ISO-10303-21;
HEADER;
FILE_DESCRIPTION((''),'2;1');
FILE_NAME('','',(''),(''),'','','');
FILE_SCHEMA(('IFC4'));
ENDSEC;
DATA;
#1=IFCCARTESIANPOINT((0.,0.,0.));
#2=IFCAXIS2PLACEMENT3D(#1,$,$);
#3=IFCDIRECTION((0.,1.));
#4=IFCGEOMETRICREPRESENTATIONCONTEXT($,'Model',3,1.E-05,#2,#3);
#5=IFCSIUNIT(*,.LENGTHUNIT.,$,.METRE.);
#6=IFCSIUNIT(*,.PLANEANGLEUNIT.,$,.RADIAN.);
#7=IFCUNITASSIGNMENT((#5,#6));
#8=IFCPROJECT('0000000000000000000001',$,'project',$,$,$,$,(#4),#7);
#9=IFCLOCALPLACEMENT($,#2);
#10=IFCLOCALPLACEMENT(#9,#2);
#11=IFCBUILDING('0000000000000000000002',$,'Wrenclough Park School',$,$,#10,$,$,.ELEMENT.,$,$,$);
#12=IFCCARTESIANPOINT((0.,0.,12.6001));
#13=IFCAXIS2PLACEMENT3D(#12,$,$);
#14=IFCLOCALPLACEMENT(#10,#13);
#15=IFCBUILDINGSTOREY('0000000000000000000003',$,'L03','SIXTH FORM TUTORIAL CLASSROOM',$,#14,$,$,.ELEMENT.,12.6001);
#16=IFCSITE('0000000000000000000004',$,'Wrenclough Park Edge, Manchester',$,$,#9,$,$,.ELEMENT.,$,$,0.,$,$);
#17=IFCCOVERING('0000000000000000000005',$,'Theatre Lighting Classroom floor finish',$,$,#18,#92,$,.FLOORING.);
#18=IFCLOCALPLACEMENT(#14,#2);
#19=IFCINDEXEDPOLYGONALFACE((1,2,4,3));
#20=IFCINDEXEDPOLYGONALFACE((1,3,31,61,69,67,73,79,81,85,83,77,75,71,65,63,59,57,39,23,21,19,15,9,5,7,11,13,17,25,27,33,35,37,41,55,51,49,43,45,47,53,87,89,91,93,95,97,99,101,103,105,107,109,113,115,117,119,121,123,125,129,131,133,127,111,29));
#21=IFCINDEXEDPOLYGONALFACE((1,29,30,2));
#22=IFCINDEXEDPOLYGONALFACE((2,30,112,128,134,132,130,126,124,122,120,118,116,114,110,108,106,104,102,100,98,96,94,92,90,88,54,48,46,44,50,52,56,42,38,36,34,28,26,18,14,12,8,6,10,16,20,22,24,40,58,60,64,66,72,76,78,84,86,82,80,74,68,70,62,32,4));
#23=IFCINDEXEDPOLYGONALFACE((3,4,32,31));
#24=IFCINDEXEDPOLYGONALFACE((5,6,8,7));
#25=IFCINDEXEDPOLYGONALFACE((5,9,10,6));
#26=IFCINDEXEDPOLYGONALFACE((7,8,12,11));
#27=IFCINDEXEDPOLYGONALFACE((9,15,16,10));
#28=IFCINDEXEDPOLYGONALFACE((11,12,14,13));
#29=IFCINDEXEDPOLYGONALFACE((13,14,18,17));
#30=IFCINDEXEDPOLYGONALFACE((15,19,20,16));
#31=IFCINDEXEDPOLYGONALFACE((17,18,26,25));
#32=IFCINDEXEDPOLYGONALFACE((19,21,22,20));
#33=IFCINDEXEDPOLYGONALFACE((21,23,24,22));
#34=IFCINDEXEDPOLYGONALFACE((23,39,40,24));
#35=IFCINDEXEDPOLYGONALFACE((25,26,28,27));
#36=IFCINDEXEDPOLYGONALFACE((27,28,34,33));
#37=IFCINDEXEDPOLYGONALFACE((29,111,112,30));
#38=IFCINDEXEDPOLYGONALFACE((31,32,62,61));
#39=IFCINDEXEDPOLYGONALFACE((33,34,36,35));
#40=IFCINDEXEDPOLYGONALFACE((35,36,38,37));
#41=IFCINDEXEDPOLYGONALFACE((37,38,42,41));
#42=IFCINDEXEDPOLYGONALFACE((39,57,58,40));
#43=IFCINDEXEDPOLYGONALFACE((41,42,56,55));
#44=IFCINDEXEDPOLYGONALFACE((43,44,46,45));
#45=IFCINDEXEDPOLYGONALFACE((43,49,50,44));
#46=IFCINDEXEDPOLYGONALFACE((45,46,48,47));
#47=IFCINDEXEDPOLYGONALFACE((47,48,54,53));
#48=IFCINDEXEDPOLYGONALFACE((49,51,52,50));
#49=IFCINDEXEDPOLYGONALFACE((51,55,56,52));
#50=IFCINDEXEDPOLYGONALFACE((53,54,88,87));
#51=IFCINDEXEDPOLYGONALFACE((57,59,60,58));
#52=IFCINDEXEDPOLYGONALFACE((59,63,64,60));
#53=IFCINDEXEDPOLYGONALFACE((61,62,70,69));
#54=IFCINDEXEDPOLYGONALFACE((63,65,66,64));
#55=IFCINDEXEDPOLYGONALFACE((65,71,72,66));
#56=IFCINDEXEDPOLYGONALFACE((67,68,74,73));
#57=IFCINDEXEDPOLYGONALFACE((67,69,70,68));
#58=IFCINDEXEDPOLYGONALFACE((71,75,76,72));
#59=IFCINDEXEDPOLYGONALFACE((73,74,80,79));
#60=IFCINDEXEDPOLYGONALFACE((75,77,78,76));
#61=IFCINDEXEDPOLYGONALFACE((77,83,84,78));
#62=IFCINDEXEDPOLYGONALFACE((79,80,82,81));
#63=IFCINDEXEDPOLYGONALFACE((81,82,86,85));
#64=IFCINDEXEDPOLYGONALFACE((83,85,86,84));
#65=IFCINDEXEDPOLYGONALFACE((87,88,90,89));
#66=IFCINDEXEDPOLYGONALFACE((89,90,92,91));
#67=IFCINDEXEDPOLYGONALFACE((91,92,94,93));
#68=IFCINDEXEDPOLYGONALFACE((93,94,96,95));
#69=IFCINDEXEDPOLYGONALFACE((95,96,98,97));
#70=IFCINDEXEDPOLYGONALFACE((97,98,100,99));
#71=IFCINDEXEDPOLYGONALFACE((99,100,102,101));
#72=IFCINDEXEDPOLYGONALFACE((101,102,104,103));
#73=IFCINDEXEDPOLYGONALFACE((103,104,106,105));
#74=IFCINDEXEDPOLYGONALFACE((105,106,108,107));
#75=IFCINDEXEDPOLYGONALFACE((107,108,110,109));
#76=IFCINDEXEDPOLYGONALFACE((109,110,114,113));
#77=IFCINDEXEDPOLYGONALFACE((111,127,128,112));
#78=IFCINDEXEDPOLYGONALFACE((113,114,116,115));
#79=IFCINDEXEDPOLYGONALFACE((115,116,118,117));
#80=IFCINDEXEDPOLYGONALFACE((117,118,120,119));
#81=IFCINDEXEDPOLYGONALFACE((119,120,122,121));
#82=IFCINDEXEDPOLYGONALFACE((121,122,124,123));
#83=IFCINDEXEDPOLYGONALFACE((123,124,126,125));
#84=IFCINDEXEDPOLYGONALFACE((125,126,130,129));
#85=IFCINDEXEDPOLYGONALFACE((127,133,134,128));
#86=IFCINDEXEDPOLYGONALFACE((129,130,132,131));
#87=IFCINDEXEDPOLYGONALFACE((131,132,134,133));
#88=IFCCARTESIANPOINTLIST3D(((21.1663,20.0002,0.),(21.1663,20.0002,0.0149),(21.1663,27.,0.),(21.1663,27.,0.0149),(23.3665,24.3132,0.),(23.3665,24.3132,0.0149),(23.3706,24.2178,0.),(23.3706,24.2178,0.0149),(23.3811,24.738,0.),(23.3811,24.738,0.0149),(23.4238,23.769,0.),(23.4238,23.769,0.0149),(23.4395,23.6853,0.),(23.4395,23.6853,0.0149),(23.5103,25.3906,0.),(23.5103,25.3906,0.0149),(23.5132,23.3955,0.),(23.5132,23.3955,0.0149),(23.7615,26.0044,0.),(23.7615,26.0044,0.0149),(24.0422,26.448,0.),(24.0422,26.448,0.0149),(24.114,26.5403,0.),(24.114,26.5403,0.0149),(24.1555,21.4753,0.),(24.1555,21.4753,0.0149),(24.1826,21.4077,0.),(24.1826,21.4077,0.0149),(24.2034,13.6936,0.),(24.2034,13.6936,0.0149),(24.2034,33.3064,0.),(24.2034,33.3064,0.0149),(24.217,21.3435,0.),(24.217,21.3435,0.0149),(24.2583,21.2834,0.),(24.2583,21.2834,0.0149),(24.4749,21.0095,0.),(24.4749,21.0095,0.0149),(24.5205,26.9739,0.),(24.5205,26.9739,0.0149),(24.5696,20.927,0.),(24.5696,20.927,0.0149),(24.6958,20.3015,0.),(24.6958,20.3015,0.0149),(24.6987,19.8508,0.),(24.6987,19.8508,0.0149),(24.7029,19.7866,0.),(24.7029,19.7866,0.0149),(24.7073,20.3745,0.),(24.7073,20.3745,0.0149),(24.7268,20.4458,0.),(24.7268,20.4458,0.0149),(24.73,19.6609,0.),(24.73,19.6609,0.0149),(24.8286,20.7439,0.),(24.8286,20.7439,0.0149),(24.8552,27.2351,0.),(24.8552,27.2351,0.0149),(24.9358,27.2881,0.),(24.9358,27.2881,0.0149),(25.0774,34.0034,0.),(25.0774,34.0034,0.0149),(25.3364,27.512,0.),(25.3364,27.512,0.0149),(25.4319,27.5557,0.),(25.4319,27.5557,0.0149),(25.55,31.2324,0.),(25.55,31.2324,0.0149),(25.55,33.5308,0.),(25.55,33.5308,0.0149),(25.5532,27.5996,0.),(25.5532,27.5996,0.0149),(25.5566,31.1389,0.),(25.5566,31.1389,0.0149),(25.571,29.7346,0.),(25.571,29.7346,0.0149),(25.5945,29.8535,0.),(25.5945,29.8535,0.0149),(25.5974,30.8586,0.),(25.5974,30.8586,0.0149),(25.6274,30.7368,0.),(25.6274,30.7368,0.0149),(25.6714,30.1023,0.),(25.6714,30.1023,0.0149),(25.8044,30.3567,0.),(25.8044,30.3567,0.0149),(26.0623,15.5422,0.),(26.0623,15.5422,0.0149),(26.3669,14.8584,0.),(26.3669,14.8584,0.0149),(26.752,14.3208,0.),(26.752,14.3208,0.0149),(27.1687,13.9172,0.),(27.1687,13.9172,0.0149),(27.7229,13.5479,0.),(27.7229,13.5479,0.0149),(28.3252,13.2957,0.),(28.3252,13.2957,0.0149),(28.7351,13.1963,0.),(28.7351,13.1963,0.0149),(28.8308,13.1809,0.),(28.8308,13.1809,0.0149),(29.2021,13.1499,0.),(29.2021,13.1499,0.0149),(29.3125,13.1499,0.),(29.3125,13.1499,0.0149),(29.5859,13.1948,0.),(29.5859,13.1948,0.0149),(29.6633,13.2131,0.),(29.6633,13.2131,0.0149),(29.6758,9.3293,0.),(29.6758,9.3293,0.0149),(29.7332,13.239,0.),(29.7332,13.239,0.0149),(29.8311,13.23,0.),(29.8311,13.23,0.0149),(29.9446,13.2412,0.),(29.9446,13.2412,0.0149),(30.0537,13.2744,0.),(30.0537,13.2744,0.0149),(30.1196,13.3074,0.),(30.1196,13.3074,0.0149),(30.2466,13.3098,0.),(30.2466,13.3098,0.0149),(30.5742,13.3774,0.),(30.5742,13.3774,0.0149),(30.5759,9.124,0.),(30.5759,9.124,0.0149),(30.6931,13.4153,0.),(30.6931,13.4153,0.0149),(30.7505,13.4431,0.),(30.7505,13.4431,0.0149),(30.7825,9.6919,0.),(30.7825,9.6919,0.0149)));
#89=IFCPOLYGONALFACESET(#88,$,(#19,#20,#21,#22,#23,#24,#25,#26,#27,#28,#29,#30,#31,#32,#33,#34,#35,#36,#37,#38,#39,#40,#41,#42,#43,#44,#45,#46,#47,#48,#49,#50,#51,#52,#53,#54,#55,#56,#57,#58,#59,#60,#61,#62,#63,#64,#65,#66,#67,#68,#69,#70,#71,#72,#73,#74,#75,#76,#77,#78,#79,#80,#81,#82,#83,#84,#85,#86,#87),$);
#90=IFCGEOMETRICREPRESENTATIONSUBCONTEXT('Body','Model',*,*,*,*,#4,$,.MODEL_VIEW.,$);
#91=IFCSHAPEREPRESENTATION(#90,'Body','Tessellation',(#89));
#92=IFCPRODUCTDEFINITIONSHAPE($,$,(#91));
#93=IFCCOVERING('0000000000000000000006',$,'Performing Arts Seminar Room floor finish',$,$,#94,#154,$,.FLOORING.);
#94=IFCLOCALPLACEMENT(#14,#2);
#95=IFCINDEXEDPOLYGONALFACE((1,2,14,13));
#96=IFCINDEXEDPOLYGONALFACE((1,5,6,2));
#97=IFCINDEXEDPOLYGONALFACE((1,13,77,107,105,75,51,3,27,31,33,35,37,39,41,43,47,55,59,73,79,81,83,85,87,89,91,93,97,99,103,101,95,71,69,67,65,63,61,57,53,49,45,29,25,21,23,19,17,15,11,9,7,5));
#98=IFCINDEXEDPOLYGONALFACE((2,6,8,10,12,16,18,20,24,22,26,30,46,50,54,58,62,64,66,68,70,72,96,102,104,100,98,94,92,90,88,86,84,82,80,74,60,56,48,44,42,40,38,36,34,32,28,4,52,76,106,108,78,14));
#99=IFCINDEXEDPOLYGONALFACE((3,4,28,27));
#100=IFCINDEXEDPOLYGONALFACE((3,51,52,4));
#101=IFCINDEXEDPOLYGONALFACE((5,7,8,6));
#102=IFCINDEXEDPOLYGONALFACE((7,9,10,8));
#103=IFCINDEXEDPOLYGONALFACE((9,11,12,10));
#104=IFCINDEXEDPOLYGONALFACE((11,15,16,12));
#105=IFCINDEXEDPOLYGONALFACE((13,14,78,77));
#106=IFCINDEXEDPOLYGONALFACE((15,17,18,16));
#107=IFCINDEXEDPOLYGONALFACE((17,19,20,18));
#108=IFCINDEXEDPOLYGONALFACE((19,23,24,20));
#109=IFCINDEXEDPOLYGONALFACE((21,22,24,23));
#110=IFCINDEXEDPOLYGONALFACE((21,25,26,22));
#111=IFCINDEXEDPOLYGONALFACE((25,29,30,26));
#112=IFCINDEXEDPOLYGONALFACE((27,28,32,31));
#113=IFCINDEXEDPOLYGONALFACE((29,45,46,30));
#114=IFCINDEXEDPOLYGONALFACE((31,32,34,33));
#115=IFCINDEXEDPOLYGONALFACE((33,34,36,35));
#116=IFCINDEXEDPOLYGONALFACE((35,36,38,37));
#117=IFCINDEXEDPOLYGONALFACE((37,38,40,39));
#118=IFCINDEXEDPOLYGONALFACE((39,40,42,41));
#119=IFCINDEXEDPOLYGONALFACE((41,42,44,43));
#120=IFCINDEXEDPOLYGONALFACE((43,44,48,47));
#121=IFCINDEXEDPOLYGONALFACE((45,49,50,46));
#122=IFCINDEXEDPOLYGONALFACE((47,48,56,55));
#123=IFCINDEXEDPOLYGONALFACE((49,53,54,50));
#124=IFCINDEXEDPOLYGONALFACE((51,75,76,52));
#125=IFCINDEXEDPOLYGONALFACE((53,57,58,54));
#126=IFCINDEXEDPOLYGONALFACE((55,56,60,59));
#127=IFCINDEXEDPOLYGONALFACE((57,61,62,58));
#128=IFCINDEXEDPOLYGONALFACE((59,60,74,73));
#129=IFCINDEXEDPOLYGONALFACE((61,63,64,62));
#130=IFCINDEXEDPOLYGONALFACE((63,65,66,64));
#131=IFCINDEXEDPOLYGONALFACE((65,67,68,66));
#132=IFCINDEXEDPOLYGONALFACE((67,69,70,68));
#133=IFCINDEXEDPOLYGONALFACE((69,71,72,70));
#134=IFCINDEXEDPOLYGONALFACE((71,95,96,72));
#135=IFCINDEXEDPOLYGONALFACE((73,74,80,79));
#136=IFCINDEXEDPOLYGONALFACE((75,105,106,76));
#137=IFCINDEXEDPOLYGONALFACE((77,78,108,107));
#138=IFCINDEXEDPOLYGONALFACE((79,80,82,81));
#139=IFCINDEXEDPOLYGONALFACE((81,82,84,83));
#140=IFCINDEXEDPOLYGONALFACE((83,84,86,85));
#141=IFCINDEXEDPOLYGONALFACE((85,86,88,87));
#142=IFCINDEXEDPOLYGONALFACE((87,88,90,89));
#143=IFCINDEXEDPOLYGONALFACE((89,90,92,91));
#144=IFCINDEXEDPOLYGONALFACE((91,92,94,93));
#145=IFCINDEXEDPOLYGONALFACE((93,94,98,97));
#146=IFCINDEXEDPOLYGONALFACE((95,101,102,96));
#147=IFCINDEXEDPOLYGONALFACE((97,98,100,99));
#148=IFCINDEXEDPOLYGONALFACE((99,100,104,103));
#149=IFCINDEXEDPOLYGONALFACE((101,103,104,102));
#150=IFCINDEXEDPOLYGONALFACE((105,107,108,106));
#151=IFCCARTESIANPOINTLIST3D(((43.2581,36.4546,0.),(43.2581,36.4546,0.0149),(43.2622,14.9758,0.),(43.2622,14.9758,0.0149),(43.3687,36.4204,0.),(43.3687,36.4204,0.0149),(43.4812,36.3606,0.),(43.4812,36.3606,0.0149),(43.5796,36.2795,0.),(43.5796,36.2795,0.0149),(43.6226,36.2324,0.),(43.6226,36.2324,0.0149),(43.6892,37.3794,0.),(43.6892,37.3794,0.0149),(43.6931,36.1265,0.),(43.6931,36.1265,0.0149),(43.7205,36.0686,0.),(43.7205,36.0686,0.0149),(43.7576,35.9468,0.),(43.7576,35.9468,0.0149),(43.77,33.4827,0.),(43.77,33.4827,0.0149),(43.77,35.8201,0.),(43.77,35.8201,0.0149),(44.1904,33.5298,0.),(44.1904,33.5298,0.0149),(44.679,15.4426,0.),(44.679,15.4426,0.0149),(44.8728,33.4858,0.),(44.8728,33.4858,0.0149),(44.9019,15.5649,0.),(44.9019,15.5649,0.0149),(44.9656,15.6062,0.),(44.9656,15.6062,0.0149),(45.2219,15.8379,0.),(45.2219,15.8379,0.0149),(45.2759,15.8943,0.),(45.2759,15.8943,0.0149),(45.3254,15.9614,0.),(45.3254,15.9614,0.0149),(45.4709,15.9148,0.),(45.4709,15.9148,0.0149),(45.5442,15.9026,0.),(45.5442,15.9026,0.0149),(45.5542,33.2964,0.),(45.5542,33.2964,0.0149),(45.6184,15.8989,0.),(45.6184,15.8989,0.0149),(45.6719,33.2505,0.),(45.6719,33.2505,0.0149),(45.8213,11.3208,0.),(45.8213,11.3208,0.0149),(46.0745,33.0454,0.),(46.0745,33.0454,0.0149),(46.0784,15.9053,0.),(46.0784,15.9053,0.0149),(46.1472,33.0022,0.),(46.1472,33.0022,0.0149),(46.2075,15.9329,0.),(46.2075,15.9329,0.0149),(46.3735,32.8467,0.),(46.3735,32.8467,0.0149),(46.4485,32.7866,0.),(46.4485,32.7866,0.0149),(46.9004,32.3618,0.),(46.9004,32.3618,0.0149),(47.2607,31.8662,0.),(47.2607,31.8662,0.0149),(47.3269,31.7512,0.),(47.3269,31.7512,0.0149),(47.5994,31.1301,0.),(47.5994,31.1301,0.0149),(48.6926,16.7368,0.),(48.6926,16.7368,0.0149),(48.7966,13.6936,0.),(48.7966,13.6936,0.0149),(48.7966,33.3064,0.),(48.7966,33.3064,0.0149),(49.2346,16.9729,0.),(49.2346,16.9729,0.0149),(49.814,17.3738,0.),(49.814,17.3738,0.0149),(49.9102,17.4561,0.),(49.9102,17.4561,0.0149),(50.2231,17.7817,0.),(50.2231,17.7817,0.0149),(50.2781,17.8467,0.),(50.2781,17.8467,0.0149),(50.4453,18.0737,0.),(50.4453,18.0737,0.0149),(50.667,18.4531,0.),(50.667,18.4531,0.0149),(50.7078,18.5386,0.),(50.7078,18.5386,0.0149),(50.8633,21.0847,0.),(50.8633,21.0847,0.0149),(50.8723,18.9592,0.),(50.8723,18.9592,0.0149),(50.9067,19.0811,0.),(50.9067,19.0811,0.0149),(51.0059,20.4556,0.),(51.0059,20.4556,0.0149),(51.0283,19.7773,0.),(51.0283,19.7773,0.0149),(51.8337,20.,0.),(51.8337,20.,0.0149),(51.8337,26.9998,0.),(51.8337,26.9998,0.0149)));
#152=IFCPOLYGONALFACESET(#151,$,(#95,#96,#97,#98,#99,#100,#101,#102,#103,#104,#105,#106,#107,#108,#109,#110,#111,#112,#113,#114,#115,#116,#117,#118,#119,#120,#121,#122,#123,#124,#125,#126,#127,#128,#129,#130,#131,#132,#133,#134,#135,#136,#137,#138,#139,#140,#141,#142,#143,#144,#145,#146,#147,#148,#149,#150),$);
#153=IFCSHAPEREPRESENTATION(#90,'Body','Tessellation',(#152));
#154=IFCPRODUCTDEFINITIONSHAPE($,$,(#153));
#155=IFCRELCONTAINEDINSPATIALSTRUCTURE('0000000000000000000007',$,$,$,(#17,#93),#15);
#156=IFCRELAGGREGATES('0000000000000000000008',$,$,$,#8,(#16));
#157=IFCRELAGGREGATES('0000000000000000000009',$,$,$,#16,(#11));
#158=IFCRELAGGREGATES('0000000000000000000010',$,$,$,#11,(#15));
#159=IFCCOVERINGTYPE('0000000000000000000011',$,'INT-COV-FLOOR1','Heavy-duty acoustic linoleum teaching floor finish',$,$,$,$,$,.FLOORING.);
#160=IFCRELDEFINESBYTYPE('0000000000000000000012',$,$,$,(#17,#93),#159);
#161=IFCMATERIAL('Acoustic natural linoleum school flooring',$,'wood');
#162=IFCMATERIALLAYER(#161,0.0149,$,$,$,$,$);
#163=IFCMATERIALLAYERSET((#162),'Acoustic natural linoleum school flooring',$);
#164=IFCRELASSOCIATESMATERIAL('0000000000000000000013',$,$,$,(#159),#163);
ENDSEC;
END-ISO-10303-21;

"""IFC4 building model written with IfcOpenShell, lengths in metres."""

from ifc_helpers import new_model, si_unit, direction, frame, origin, place, context, subcontext, project, spatial, polyline, outline, extrude, material, layer, layer_set, type_object, element, save


model = new_model("IFC4")

# Units and contexts
model_context = context("Model", 3, precision=1e-05, world=origin(), true_north=direction((0.0, 1.0)))
body_context = subcontext(model_context, "Body", "Model", "MODEL_VIEW")
ifc_project = project(units=[si_unit("LENGTHUNIT", "METRE"), si_unit("PLANEANGLEUNIT", "RADIAN")], contexts=[model_context])

# Site, building, storey
site_placement = place(None, origin())
site = spatial("IfcSite", under=ifc_project, at=site_placement, Name="Wrenclough Park Edge, Manchester", CompositionType="ELEMENT", RefElevation=0.0)
building_placement = place(site_placement, origin())
building = spatial("IfcBuilding", under=site, at=building_placement, Name="Wrenclough Park School", CompositionType="ELEMENT")
storey_placement = place(building_placement, frame((0.0, 0.0, 12.6001)))
storey = spatial("IfcBuildingStorey", under=building, at=storey_placement, Name="L03", Description="SIXTH FORM TUTORIAL CLASSROOM", CompositionType="ELEMENT", Elevation=12.6001)

# Coverings
ifc_material_1 = material(Name="Acoustic natural linoleum school flooring", Category="wood")
ifc_layer_1 = layer(ifc_material_1, 0.0149)
ifc_layer_set_1 = layer_set([ifc_layer_1], Name="Acoustic natural linoleum school flooring")
covering_type_1 = type_object("IfcCoveringType", Name="INT-COV-FLOOR1", Description="Heavy-duty acoustic linoleum teaching floor finish", PredefinedType="FLOORING", material=ifc_layer_set_1)
covering_1_placement = place(storey_placement, origin())
element("IfcCovering", 1, at=covering_1_placement, inside=storey, type_object=covering_type_1, Name="Theatre Lighting Classroom floor finish", PredefinedType="FLOORING", context=body_context, shape_type="SweptSolid", body=[
    extrude(outline(polyline([(24.8286, 20.7439), (24.5696, 20.927), (24.4749, 21.0095), (24.2583, 21.2834), (24.217, 21.3435), (24.1826, 21.4077), (24.1555, 21.4753), (23.5132, 23.3955), (23.4395, 23.6853), (23.4238, 23.769), (23.3706, 24.2178), (23.3665, 24.3132), (23.3811, 24.738), (23.5103, 25.3906), (23.7615, 26.0044), (24.0422, 26.448), (24.114, 26.5403), (24.5205, 26.9739), (24.8552, 27.2351), (24.9358, 27.2881), (25.3364, 27.512), (25.4319, 27.5557), (25.5532, 27.5996), (25.571, 29.7346), (25.5945, 29.8535), (25.6714, 30.1023), (25.8044, 30.3567), (25.6274, 30.7368), (25.5974, 30.8586), (25.5566, 31.1389), (25.55, 31.2324), (25.55, 33.5308), (25.0774, 34.0034), (24.2034, 33.3064), (21.1663, 27.0), (21.1663, 20.0002), (24.2034, 13.6936), (29.6758, 9.3293), (30.5759, 9.124), (30.7825, 9.6919), (30.7505, 13.4431), (30.6931, 13.4153), (30.5742, 13.3774), (30.2466, 13.3098), (30.1196, 13.3074), (30.0537, 13.2744), (29.9446, 13.2412), (29.8311, 13.23), (29.7332, 13.239), (29.6633, 13.2131), (29.5859, 13.1948), (29.3125, 13.1499), (29.2021, 13.1499), (28.8308, 13.1809), (28.7351, 13.1963), (28.3252, 13.2957), (27.7229, 13.5479), (27.1687, 13.9172), (26.752, 14.3208), (26.3669, 14.8584), (26.0623, 15.5422), (24.73, 19.6609), (24.7029, 19.7866), (24.6987, 19.8508), (24.6958, 20.3015), (24.7073, 20.3745), (24.7268, 20.4458), (24.8286, 20.7439)])), origin(), (0.0, 0.0, 1.0), 0.0149),
])
covering_2_placement = place(storey_placement, origin())
element("IfcCovering", 2, at=covering_2_placement, inside=storey, type_object=covering_type_1, Name="Performing Arts Seminar Room floor finish", PredefinedType="FLOORING", context=body_context, shape_type="SweptSolid", body=[
    extrude(outline(polyline([(43.77, 35.8201), (43.77, 33.4827), (44.1904, 33.5298), (44.8728, 33.4858), (45.5542, 33.2964), (45.6719, 33.2505), (46.0745, 33.0454), (46.1472, 33.0022), (46.3735, 32.8467), (46.4485, 32.7866), (46.9004, 32.3618), (47.2607, 31.8662), (47.3269, 31.7512), (47.5994, 31.1301), (50.8633, 21.0847), (51.0059, 20.4556), (51.0283, 19.7773), (50.9067, 19.0811), (50.8723, 18.9592), (50.7078, 18.5386), (50.667, 18.4531), (50.4453, 18.0737), (50.2781, 17.8467), (50.2231, 17.7817), (49.9102, 17.4561), (49.814, 17.3738), (49.2346, 16.9729), (48.6926, 16.7368), (46.2075, 15.9329), (46.0784, 15.9053), (45.6184, 15.8989), (45.5442, 15.9026), (45.4709, 15.9148), (45.3254, 15.9614), (45.2759, 15.8943), (45.2219, 15.8379), (44.9656, 15.6062), (44.9019, 15.5649), (44.679, 15.4426), (43.2622, 14.9758), (45.8213, 11.3208), (48.7966, 13.6936), (51.8337, 20.0), (51.8337, 26.9998), (48.7966, 33.3064), (43.6892, 37.3794), (43.2581, 36.4546), (43.3687, 36.4204), (43.4812, 36.3606), (43.5796, 36.2795), (43.6226, 36.2324), (43.6931, 36.1265), (43.7205, 36.0686), (43.7576, 35.9468), (43.77, 35.8201)])), origin(), (0.0, 0.0, 1.0), 0.0149),
])

save(model, "model.ifc")
